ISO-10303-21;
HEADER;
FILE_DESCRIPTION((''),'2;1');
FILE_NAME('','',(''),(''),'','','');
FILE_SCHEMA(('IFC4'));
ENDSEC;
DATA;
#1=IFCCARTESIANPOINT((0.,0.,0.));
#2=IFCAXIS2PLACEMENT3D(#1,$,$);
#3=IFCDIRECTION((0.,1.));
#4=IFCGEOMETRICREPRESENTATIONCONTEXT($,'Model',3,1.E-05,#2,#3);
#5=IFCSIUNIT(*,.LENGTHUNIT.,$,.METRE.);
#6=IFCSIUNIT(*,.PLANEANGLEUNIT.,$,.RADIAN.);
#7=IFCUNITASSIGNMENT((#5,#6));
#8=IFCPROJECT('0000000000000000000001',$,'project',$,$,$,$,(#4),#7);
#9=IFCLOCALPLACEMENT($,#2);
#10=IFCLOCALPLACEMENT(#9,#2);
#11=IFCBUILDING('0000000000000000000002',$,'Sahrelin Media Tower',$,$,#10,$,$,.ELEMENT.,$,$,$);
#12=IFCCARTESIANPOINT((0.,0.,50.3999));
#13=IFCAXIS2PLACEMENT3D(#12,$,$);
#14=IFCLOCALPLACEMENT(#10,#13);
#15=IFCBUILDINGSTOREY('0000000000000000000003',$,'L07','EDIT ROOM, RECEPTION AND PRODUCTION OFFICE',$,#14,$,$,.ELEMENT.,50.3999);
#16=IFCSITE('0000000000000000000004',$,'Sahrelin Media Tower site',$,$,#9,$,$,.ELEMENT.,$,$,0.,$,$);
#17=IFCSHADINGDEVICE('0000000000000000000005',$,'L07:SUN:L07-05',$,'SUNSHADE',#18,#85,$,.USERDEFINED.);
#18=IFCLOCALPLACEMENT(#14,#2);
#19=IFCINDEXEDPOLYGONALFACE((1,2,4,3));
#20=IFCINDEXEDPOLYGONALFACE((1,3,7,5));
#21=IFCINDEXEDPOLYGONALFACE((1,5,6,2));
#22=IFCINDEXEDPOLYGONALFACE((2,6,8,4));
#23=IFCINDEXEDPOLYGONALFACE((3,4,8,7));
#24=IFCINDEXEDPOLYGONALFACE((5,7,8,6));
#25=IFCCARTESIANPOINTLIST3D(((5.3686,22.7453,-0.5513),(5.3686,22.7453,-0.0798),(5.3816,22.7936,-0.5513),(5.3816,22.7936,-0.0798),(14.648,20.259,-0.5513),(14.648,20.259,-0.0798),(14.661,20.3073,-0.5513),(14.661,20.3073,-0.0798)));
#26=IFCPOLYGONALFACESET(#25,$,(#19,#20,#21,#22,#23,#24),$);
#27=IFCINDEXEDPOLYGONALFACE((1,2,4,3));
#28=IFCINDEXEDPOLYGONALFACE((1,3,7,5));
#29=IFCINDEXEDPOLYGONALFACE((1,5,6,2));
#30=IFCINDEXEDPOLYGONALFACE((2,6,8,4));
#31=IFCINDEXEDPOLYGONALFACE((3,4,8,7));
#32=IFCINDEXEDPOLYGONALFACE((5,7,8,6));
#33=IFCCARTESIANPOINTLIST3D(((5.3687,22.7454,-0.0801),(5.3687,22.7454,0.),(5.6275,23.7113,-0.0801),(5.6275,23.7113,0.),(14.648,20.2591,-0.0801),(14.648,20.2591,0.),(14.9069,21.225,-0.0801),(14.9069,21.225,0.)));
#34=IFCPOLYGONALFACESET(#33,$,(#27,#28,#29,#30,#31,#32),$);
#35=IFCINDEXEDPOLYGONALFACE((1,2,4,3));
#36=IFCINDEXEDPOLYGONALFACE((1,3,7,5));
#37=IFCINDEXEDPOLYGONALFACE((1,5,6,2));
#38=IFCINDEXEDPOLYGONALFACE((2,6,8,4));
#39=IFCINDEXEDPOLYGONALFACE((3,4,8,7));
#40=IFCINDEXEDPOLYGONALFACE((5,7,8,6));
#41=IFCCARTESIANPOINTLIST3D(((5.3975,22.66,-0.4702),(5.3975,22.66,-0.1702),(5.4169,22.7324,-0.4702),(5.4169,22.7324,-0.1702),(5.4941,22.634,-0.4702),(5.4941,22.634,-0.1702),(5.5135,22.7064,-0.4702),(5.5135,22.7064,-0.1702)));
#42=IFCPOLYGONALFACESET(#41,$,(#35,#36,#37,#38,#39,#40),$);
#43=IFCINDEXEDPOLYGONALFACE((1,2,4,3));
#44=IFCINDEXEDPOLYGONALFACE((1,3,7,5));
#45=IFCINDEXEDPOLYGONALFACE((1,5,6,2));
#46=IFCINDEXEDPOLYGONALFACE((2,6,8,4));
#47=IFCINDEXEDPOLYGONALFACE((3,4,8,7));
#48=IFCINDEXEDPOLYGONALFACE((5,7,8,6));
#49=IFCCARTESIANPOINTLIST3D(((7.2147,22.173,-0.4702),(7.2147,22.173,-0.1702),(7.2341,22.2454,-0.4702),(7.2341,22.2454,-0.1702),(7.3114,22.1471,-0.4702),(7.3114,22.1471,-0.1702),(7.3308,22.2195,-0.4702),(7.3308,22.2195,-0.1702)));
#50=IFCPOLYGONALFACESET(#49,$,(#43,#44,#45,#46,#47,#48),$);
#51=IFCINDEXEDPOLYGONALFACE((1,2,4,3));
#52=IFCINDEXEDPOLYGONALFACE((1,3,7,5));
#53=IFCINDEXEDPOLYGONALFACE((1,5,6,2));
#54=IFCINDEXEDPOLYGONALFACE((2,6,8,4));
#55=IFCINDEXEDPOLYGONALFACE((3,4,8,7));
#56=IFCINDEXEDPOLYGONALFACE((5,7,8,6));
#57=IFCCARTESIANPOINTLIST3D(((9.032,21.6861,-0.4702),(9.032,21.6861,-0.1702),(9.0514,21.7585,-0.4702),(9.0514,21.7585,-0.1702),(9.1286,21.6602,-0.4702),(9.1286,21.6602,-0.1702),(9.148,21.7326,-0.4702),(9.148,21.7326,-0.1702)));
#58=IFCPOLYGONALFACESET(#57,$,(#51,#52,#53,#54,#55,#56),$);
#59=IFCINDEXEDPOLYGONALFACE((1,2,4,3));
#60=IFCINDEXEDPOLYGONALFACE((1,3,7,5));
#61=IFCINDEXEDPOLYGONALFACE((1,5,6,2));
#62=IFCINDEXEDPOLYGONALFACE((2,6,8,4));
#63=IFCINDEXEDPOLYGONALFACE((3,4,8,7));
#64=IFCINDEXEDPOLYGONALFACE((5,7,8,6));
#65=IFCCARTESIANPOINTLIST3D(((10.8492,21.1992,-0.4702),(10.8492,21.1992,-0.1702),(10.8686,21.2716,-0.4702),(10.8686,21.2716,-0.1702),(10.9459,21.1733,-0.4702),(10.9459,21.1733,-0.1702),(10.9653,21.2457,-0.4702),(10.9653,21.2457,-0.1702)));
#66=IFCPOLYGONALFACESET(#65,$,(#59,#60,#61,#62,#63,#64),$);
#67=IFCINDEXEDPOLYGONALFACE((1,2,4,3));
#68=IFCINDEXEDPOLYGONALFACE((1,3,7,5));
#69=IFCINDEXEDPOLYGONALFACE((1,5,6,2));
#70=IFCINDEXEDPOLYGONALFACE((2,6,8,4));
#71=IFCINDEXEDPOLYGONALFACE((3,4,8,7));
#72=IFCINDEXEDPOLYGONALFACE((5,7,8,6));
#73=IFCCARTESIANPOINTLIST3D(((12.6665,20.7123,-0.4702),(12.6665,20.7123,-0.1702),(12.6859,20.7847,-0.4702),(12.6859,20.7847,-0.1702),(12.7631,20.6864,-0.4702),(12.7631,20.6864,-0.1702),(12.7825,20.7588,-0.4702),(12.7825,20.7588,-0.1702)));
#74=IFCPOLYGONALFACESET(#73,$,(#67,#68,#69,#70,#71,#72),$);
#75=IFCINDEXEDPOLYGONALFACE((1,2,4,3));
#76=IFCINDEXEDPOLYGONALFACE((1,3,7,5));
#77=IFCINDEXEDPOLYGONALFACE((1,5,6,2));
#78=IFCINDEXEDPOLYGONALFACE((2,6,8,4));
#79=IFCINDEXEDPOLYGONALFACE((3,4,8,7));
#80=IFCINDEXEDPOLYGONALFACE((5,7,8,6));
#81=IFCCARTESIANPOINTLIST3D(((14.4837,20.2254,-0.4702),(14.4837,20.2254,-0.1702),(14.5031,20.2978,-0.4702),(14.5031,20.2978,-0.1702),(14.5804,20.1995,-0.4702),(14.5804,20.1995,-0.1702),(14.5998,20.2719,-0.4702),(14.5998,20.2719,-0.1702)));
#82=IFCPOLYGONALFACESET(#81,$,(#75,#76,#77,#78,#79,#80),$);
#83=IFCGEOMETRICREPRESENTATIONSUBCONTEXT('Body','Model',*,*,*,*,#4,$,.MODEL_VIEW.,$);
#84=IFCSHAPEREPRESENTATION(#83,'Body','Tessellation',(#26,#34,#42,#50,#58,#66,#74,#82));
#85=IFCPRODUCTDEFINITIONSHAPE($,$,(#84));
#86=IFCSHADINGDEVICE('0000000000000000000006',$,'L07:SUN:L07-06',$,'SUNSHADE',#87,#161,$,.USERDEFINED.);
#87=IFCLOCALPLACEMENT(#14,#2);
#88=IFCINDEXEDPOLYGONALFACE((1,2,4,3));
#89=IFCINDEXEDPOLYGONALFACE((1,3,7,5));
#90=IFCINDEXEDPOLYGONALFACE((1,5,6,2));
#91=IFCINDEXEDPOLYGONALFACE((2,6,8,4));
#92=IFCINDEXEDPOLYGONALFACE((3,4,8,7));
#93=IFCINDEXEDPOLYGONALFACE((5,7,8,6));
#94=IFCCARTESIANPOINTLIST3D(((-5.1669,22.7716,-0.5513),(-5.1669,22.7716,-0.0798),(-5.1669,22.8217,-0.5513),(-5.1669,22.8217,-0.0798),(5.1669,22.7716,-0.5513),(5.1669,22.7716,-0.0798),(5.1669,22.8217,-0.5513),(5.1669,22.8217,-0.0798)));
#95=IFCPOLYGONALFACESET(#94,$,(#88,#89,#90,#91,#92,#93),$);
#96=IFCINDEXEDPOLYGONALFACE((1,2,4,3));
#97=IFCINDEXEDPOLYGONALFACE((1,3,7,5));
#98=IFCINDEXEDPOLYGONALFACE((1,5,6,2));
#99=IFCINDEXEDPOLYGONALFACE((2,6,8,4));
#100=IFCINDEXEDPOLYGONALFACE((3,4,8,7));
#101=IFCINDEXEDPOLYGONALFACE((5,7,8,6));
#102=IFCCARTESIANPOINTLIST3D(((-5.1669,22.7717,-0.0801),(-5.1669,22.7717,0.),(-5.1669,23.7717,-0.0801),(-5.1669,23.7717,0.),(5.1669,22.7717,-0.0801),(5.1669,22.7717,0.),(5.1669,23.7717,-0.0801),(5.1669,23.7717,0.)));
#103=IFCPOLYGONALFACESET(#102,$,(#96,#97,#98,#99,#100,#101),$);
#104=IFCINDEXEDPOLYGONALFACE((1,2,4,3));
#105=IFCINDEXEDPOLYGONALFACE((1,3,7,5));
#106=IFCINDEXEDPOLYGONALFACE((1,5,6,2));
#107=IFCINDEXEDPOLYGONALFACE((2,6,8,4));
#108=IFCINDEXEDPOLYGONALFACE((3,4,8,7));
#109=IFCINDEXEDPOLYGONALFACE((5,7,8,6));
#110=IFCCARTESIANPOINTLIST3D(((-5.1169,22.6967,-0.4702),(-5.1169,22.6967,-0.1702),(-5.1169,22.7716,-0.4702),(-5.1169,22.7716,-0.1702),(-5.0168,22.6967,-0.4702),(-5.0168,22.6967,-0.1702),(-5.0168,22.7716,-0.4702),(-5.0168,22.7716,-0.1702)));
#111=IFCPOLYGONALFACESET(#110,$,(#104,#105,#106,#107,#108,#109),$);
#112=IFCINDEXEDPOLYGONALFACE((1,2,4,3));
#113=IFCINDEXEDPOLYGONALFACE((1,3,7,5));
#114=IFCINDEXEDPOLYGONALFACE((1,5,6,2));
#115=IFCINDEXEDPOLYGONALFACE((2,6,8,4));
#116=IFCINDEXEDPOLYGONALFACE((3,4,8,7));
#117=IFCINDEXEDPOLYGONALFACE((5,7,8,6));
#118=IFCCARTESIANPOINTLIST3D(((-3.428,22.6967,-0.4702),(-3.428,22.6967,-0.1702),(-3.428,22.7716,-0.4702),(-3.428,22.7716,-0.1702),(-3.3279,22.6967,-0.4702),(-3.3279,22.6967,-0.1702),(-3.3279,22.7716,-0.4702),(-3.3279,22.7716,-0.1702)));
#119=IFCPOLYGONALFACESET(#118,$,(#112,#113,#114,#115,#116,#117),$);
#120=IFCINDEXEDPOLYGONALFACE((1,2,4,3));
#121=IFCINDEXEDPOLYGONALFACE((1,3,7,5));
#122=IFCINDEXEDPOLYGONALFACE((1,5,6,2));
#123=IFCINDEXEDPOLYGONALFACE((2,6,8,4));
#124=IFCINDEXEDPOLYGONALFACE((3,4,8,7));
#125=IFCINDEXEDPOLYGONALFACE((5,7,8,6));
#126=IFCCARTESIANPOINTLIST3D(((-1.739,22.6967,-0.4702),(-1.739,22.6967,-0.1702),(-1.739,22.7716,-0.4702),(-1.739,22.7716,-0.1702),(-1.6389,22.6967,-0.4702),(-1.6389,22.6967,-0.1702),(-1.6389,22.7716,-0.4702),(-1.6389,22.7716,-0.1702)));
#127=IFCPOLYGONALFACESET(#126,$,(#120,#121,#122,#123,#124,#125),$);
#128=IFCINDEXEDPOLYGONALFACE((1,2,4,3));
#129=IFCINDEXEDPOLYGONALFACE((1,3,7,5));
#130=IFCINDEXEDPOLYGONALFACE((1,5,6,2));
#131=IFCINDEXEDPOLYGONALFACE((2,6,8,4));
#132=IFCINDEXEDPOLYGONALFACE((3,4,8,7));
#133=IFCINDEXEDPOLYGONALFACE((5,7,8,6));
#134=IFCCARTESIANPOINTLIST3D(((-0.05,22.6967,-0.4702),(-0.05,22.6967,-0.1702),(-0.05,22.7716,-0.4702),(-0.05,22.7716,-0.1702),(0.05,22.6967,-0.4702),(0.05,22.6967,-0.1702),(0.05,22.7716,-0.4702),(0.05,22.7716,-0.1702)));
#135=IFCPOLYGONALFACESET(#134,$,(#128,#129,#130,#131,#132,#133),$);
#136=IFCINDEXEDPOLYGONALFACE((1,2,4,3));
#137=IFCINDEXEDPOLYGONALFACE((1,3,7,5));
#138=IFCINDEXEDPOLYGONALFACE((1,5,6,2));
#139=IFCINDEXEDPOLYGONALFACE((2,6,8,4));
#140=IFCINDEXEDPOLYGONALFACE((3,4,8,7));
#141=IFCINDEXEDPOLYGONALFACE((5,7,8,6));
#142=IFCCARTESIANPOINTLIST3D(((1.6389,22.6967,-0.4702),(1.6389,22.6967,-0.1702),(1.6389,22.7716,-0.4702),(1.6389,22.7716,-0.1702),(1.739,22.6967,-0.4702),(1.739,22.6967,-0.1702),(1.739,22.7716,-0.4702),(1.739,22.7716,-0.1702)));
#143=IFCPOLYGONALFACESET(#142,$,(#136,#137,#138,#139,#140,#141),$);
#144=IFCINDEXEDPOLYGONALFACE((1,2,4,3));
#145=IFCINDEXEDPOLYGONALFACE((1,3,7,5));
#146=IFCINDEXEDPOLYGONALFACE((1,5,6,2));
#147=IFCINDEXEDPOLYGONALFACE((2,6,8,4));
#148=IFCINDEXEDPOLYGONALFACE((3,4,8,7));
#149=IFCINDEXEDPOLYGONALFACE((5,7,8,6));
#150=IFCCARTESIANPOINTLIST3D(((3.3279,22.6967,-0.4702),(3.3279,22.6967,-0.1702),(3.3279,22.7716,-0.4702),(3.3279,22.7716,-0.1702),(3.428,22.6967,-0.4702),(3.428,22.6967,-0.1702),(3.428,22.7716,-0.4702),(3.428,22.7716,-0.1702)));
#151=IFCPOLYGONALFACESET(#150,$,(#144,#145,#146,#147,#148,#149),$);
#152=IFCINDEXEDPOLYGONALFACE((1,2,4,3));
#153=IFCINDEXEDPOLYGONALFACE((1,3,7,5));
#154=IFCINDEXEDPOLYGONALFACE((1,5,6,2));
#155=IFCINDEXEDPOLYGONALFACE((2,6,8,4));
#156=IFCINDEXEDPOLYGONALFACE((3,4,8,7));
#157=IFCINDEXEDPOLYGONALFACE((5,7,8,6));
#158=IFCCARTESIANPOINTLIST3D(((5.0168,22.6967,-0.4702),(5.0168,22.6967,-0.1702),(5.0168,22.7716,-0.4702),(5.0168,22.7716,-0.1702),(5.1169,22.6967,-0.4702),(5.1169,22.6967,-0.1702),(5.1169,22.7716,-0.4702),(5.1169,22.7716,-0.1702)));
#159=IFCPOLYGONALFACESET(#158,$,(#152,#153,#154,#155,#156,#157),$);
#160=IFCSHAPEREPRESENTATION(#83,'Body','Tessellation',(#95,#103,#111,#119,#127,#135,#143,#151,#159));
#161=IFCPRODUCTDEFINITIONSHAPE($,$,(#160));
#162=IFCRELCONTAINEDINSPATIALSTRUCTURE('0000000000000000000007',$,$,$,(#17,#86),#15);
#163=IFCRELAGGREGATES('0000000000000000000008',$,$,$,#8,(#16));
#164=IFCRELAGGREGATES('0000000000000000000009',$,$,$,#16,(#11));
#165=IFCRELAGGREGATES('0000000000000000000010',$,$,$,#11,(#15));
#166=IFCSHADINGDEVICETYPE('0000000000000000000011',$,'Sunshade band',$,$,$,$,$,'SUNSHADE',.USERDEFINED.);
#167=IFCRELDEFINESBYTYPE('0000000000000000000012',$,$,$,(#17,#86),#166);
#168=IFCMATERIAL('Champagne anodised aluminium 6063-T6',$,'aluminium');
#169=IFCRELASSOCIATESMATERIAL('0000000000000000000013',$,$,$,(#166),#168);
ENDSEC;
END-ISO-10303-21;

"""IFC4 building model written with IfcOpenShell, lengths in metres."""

from ifc_helpers import new_model, si_unit, direction, frame, origin, origin_2d, place, context, subcontext, project, spatial, rectangle, extrude, material, type_object, element, save


model = new_model("IFC4")

# Units and contexts
model_context = context("Model", 3, precision=1e-05, world=origin(), true_north=direction((0.0, 1.0)))
body_context = subcontext(model_context, "Body", "Model", "MODEL_VIEW")
ifc_project = project(units=[si_unit("LENGTHUNIT", "METRE"), si_unit("PLANEANGLEUNIT", "RADIAN")], contexts=[model_context])

# Site, building, storey
site_placement = place(None, origin())
site = spatial("IfcSite", under=ifc_project, at=site_placement, Name="Sahrelin Media Tower site", CompositionType="ELEMENT", RefElevation=0.0)
building_placement = place(site_placement, origin())
building = spatial("IfcBuilding", under=site, at=building_placement, Name="Sahrelin Media Tower", CompositionType="ELEMENT")
storey_placement = place(building_placement, frame((0.0, 0.0, 50.3999)))
storey = spatial("IfcBuildingStorey", under=building, at=storey_placement, Name="L07", Description="EDIT ROOM, RECEPTION AND PRODUCTION OFFICE", CompositionType="ELEMENT", Elevation=50.3999)

# Shared definitions
ifc_material_1 = material(Name="Champagne anodised aluminium 6063-T6", Category="aluminium")

# Shared definitions
placement_1 = place(storey_placement, frame((0.0, 22.7517, 0.0), z_axis=(0.0, 0.0, 1.0), x_axis=(1.0, 0.0, 0.0)))

# Shading devices
placement_2 = place(storey_placement, frame((10.0032, 21.4829, 0.0), z_axis=(0.0, 0.0, 1.0), x_axis=(0.965929, -0.258808, 0.0)))
shading_device_type_1 = type_object("IfcShadingDeviceType", Name="Sunshade band", ElementType="SUNSHADE", PredefinedType="USERDEFINED", material=ifc_material_1)
element("IfcShadingDevice", 1, at=placement_2, inside=storey, type_object=shading_device_type_1, Name="L07:SUN:L07-05", ObjectType="SUNSHADE", PredefinedType="USERDEFINED", context=body_context, shape_type="SweptSolid", body=[
    extrude(rectangle(XDim=9.6067, YDim=0.05, at=origin_2d()), frame((0.0, 0.0449, -0.5513)), (0.0, 0.0, 1.0), 0.4714),
    extrude(rectangle(XDim=9.6067, YDim=1.0, at=origin_2d()), frame((0.0, 0.52, -0.0801)), (0.0, 0.0, 1.0), 0.0801),
    extrude(rectangle(XDim=0.1001, YDim=0.075, at=origin_2d()), frame((-4.7034, -0.0176, -0.4702)), (0.0, 0.0, 1.0), 0.3),
    extrude(rectangle(XDim=0.1001, YDim=0.075, at=origin_2d()), frame((-2.822, -0.0176, -0.4702)), (0.0, 0.0, 1.0), 0.3),
    extrude(rectangle(XDim=0.1001, YDim=0.075, at=origin_2d()), frame((-0.9407, -0.0176, -0.4702)), (0.0, 0.0, 1.0), 0.3),
    extrude(rectangle(XDim=0.1001, YDim=0.075, at=origin_2d()), frame((0.9407, -0.0176, -0.4702)), (0.0, 0.0, 1.0), 0.3),
    extrude(rectangle(XDim=0.1001, YDim=0.075, at=origin_2d()), frame((2.822, -0.0176, -0.4702)), (0.0, 0.0, 1.0), 0.3),
    extrude(rectangle(XDim=0.1001, YDim=0.075, at=origin_2d()), frame((4.7034, -0.0176, -0.4702)), (0.0, 0.0, 1.0), 0.3),
])
element("IfcShadingDevice", 2, at=placement_1, inside=storey, type_object=shading_device_type_1, Name="L07:SUN:L07-06", ObjectType="SUNSHADE", PredefinedType="USERDEFINED", context=body_context, shape_type="SweptSolid", body=[
    extrude(rectangle(XDim=10.3337, YDim=0.05, at=origin_2d()), frame((0.0, 0.0449, -0.5513)), (0.0, 0.0, 1.0), 0.4714),
    extrude(rectangle(XDim=10.3337, YDim=1.0, at=origin_2d()), frame((0.0, 0.52, -0.0801)), (0.0, 0.0, 1.0), 0.0801),
    extrude(rectangle(XDim=0.1001, YDim=0.075, at=origin_2d()), frame((-5.0669, -0.0176, -0.4702)), (0.0, 0.0, 1.0), 0.3),
    extrude(rectangle(XDim=0.1001, YDim=0.075, at=origin_2d()), frame((-3.3779, -0.0176, -0.4702)), (0.0, 0.0, 1.0), 0.3),
    extrude(rectangle(XDim=0.1001, YDim=0.075, at=origin_2d()), frame((-1.689, -0.0176, -0.4702)), (0.0, 0.0, 1.0), 0.3),
    extrude(rectangle(XDim=0.1001, YDim=0.075, at=origin_2d()), frame((0.0, -0.0176, -0.4702)), (0.0, 0.0, 1.0), 0.3),
    extrude(rectangle(XDim=0.1001, YDim=0.075, at=origin_2d()), frame((1.689, -0.0176, -0.4702)), (0.0, 0.0, 1.0), 0.3),
    extrude(rectangle(XDim=0.1001, YDim=0.075, at=origin_2d()), frame((3.3779, -0.0176, -0.4702)), (0.0, 0.0, 1.0), 0.3),
    extrude(rectangle(XDim=0.1001, YDim=0.075, at=origin_2d()), frame((5.0669, -0.0176, -0.4702)), (0.0, 0.0, 1.0), 0.3),
])

save(model, "model.ifc")
